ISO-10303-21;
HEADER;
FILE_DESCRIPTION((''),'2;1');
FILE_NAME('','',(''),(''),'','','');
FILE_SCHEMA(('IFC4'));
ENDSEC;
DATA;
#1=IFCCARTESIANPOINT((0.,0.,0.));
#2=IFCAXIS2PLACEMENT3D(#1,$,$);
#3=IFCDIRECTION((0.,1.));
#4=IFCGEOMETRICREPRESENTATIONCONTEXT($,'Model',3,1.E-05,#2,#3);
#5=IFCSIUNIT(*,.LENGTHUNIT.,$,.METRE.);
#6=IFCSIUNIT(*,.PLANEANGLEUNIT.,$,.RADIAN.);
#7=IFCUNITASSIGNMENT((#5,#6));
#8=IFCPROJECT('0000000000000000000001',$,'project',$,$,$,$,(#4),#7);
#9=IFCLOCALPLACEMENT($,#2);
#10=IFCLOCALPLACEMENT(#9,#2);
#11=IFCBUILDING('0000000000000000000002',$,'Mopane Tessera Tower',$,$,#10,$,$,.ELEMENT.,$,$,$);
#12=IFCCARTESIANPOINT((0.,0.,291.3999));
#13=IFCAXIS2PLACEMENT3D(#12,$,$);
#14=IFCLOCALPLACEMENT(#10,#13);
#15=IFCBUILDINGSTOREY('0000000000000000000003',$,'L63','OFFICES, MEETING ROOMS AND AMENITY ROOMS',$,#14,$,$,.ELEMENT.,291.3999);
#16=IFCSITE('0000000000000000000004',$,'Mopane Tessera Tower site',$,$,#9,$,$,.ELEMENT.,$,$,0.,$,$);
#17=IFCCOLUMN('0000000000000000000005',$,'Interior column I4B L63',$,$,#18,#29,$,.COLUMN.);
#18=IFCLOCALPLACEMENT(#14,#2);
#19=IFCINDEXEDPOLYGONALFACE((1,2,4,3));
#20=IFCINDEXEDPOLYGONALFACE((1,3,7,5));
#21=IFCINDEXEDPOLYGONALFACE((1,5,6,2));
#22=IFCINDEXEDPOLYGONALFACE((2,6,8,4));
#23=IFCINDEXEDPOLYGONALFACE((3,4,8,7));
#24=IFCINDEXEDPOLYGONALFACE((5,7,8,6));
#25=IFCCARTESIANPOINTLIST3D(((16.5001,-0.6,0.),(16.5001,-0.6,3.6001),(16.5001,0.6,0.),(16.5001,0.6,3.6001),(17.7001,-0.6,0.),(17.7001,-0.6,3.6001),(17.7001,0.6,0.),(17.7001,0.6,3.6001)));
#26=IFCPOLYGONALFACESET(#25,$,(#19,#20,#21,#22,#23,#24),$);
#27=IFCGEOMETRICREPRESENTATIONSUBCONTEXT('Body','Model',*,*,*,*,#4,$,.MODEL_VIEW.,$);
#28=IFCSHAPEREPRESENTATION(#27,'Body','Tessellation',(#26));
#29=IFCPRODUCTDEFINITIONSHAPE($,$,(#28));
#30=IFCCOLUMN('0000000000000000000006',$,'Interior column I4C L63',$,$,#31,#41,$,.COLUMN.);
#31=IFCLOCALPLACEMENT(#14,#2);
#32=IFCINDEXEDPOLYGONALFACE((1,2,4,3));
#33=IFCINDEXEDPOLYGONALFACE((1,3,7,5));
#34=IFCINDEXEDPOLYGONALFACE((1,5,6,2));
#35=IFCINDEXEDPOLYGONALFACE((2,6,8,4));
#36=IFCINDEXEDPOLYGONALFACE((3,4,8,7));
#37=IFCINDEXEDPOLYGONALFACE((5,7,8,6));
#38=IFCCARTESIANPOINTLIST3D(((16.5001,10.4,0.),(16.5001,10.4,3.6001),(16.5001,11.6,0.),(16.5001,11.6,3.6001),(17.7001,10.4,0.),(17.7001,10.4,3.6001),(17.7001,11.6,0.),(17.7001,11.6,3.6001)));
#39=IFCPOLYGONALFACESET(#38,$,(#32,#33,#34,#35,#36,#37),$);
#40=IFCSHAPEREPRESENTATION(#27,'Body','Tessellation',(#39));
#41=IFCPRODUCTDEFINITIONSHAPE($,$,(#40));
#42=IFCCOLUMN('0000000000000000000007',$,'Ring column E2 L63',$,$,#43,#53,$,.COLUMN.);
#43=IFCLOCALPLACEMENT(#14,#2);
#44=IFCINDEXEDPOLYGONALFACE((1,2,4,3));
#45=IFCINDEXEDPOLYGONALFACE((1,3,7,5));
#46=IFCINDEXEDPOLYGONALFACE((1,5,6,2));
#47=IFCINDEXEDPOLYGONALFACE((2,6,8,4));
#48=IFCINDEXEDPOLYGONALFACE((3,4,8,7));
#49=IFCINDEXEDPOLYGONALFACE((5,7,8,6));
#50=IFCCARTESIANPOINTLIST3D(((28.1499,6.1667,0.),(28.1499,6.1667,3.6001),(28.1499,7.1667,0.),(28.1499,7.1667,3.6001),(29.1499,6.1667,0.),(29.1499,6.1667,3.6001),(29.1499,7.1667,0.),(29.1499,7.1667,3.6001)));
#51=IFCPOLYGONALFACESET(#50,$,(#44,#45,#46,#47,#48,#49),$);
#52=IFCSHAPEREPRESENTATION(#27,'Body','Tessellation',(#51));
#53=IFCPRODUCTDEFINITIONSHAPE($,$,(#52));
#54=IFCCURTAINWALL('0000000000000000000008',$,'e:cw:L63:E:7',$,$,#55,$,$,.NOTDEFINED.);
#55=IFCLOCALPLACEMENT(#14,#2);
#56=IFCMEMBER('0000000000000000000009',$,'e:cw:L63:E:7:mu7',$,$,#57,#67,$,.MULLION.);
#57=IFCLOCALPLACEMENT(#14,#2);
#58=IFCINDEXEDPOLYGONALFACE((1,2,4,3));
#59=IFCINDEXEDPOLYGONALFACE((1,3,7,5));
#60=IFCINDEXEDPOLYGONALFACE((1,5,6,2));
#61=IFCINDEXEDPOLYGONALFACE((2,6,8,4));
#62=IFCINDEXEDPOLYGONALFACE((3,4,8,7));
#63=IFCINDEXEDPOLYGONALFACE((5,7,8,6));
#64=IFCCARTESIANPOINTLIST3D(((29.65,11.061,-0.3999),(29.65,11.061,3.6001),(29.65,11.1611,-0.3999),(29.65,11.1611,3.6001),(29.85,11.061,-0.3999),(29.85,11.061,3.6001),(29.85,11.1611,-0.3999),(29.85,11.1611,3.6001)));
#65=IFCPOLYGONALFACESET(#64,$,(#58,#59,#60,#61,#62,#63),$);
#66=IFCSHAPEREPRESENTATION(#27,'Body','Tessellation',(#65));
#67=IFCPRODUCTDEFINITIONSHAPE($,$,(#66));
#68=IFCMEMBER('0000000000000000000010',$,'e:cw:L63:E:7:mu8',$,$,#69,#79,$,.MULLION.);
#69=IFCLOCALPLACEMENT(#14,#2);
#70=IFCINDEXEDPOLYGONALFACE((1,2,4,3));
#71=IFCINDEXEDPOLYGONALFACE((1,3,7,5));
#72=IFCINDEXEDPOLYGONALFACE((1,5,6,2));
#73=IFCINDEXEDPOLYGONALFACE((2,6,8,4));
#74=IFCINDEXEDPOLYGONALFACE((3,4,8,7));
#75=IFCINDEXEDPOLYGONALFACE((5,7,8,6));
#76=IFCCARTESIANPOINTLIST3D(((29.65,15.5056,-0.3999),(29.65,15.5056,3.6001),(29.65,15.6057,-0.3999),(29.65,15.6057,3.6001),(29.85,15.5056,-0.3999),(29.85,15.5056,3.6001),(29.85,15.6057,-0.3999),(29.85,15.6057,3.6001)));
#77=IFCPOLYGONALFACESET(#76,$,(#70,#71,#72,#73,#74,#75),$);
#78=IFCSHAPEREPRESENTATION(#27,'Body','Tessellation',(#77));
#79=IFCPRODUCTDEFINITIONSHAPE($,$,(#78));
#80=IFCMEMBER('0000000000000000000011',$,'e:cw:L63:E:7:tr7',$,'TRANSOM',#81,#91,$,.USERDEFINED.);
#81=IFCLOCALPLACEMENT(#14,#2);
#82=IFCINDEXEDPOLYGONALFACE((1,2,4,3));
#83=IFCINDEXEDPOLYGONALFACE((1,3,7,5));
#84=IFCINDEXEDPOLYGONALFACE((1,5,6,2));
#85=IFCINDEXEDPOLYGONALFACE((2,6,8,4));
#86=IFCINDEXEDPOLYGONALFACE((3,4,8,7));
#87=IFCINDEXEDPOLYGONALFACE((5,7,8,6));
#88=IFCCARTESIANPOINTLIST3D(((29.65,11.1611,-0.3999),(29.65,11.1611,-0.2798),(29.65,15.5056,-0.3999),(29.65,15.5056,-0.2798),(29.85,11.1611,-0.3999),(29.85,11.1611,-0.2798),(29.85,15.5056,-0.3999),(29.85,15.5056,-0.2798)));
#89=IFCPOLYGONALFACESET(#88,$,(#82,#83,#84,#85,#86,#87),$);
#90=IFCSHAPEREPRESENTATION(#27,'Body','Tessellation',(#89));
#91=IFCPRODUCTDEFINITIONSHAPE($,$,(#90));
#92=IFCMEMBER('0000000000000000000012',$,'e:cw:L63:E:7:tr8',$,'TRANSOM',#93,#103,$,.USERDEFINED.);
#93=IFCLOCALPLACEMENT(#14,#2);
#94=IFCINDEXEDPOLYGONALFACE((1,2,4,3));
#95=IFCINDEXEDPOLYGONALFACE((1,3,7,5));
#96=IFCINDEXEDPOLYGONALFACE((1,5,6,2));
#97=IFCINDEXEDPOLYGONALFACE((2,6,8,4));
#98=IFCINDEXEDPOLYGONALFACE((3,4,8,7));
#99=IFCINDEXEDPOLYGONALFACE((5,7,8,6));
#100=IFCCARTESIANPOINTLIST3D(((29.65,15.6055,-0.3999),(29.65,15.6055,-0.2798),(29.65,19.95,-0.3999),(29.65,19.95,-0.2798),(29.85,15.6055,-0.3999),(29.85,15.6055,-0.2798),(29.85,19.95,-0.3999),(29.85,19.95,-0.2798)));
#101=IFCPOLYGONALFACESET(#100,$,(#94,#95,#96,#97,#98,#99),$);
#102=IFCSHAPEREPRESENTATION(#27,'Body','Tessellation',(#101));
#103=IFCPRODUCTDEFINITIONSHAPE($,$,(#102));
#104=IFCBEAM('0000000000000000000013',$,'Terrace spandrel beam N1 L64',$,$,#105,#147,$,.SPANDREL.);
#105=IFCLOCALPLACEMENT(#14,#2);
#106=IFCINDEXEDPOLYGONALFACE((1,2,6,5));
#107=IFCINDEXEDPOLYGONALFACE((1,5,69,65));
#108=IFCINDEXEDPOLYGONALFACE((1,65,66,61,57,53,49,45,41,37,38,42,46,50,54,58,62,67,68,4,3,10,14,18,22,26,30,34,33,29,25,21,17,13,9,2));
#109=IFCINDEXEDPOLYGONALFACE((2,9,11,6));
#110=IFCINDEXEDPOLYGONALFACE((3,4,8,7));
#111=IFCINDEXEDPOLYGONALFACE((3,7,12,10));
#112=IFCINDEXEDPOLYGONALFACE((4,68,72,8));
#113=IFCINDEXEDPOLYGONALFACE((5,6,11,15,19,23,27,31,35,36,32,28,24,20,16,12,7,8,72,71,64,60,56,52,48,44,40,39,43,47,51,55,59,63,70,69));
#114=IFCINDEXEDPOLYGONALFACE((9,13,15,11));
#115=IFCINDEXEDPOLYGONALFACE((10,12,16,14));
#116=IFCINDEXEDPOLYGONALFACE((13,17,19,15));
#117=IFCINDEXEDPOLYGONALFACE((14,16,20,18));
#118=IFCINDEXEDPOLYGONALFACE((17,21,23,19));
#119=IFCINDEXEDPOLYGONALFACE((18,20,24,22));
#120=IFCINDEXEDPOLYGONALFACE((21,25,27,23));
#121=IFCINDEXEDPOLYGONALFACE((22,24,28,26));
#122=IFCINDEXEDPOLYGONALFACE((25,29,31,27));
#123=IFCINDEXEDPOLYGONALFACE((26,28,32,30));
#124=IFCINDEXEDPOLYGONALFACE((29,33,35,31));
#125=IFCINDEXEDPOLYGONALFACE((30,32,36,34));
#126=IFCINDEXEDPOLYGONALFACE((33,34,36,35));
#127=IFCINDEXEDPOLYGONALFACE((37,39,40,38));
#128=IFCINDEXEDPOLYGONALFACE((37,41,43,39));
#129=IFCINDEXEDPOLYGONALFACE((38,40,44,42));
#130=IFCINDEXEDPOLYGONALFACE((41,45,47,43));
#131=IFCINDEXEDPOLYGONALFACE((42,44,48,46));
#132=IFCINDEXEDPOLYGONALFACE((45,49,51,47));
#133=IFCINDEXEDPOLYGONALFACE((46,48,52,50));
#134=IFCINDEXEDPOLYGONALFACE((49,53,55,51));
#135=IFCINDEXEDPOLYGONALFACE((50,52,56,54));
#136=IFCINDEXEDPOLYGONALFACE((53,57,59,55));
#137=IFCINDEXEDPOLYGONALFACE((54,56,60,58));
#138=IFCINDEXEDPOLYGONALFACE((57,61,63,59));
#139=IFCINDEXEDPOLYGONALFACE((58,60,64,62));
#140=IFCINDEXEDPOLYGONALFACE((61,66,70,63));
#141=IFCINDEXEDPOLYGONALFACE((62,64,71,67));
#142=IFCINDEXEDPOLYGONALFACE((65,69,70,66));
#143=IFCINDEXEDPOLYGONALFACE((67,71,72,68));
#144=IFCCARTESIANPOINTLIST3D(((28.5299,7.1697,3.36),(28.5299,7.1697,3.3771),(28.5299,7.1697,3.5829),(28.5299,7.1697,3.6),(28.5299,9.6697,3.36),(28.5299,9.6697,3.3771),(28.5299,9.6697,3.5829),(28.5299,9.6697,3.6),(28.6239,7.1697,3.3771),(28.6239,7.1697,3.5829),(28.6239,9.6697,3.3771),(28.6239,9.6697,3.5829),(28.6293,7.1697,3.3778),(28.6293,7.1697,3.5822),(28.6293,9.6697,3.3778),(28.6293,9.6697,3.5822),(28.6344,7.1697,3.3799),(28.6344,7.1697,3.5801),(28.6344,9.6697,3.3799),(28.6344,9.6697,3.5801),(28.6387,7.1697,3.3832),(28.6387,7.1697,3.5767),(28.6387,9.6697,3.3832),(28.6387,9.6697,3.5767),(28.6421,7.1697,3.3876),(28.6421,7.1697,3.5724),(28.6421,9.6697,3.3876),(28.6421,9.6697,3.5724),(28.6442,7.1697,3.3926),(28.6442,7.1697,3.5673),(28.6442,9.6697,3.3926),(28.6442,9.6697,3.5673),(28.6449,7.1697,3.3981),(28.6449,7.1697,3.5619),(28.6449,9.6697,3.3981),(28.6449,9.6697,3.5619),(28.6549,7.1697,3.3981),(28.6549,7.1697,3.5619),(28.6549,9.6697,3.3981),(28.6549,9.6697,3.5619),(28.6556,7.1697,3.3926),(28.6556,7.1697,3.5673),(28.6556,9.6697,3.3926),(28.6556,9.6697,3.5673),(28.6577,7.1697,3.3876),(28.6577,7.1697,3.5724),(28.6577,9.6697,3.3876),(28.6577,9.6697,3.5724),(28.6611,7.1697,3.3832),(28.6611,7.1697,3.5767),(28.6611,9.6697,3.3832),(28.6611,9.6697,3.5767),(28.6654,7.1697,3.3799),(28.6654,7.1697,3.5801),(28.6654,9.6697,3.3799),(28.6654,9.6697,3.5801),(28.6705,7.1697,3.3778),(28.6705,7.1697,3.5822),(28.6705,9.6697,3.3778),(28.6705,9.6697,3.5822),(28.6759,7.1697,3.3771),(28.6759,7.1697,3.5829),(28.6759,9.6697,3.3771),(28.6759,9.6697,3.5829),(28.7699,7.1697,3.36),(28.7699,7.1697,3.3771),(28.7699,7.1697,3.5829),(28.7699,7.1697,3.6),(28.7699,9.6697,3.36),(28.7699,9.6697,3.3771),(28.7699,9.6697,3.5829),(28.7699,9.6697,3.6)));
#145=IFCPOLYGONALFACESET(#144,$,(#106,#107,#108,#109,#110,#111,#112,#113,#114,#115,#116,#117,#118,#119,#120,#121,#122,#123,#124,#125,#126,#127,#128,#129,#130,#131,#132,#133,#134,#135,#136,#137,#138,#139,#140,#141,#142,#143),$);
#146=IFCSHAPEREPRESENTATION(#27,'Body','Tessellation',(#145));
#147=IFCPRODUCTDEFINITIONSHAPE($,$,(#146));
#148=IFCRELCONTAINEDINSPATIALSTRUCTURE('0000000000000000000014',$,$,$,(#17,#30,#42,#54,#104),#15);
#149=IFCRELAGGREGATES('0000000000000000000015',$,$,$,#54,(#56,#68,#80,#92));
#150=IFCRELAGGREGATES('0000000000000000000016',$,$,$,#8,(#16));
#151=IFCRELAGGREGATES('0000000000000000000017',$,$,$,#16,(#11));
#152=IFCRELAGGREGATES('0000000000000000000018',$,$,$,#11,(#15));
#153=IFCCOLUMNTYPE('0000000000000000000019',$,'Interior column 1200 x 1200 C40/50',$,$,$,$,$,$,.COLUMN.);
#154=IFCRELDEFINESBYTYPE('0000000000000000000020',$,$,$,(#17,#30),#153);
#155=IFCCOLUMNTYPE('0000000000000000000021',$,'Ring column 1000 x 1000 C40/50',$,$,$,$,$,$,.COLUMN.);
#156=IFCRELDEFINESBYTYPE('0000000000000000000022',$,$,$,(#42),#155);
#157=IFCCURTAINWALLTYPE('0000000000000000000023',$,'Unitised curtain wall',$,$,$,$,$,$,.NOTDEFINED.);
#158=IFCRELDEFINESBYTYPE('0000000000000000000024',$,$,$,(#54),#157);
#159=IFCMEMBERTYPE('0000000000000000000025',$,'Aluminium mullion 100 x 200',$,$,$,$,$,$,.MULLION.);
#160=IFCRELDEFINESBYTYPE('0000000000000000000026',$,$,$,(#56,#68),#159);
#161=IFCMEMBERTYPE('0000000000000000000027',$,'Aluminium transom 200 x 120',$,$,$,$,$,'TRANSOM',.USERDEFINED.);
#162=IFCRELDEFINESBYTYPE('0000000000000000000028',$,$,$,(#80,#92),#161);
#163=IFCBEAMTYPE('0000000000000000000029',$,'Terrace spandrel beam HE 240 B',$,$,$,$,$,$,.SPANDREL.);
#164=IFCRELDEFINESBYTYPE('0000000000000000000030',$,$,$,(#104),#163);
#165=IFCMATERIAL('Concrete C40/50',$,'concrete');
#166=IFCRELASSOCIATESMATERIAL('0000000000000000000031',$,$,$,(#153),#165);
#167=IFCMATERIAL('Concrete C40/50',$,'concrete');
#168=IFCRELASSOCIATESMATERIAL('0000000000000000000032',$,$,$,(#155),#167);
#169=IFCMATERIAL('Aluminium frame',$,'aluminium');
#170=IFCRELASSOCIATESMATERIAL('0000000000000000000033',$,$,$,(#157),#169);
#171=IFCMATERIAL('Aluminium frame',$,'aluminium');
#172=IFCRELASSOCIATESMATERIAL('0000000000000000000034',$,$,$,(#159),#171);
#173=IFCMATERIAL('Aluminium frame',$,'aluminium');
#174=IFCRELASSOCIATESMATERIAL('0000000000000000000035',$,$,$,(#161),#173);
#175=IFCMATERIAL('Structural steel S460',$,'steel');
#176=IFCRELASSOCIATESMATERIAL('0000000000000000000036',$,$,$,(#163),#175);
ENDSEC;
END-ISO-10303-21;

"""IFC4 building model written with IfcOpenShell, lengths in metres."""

from ifc_helpers import new_model, si_unit, direction, frame, origin, origin_2d, place, context, subcontext, project, spatial, rectangle, i_section, extrude, material, material_profile, profile_set, type_object, element, aggregate, save


model = new_model("IFC4")

# Units and contexts
model_context = context("Model", 3, precision=1e-05, world=origin(), true_north=direction((0.0, 1.0)))
body_context = subcontext(model_context, "Body", "Model", "MODEL_VIEW")
ifc_project = project(units=[si_unit("LENGTHUNIT", "METRE"), si_unit("PLANEANGLEUNIT", "RADIAN")], contexts=[model_context])

# Site, building, storey
site_placement = place(None, origin())
site = spatial("IfcSite", under=ifc_project, at=site_placement, Name="Mopane Tessera Tower site", CompositionType="ELEMENT", RefElevation=0.0)
building_placement = place(site_placement, origin())
building = spatial("IfcBuilding", under=site, at=building_placement, Name="Mopane Tessera Tower", CompositionType="ELEMENT")
storey_placement = place(building_placement, frame((0.0, 0.0, 291.3999)))
storey = spatial("IfcBuildingStorey", under=building, at=storey_placement, Name="L63", Description="OFFICES, MEETING ROOMS AND AMENITY ROOMS", CompositionType="ELEMENT", Elevation=291.3999)

# Columns
ifc_material_1 = material(Name="Concrete C40/50", Category="concrete")
ifc_material_profile_1 = material_profile(ifc_material_1, rectangle(XDim=1.2, YDim=1.2, at=origin_2d()))
ifc_profile_set_1 = profile_set([ifc_material_profile_1], Name="Concrete C40/50")
column_type_1 = type_object("IfcColumnType", Name="Interior column 1200 x 1200 C40/50", PredefinedType="COLUMN", material=ifc_profile_set_1)
for number, where, z_axis, x_axis, name in (
    (1, (17.1001, 0.0, 0.0), (0.0, 0.0, 1.0), (1.0, 0.0, 0.0), "Interior column I4B L63"),
    (2, (17.1001, 11.0, 0.0), (0.0, 0.0, 1.0), (1.0, 0.0, 0.0), "Interior column I4C L63"),
):
    element("IfcColumn", number, at=place(storey_placement, frame(where, z_axis=z_axis, x_axis=x_axis)), inside=storey, type_object=column_type_1, Name=name, PredefinedType="COLUMN", context=body_context, shape_type="SweptSolid", body=[
        extrude(rectangle(XDim=1.2, YDim=1.2, at=origin_2d()), origin(), (0.0, 0.0, 1.0), 3.6001),
    ])
ifc_material_2 = material(Name="Concrete C40/50", Category="concrete")
ifc_material_profile_2 = material_profile(ifc_material_2, rectangle(XDim=1.0, YDim=1.0, at=origin_2d()))
ifc_profile_set_2 = profile_set([ifc_material_profile_2], Name="Concrete C40/50")
column_type_2 = type_object("IfcColumnType", Name="Ring column 1000 x 1000 C40/50", PredefinedType="COLUMN", material=ifc_profile_set_2)
column_placement = place(storey_placement, frame((28.6499, 6.6667, 0.0), z_axis=(0.0, 0.0, 1.0), x_axis=(1.0, 0.0, 0.0)))
element("IfcColumn", 3, at=column_placement, inside=storey, type_object=column_type_2, Name="Ring column E2 L63", PredefinedType="COLUMN", context=body_context, shape_type="SweptSolid", body=[
    extrude(rectangle(XDim=1.0, YDim=1.0, at=origin_2d()), origin(), (0.0, 0.0, 1.0), 3.6001),
])

# Curtain wall, members
ifc_material_3 = material(Name="Aluminium frame", Category="aluminium")
curtain_wall_type = type_object("IfcCurtainWallType", Name="Unitised curtain wall", PredefinedType="NOTDEFINED", material=ifc_material_3)
curtain_wall_placement = place(storey_placement, origin())
curtain_wall = element("IfcCurtainWall", 4, at=curtain_wall_placement, inside=storey, type_object=curtain_wall_type, Name="e:cw:L63:E:7", PredefinedType="NOTDEFINED")
ifc_material_4 = material(Name="Aluminium frame", Category="aluminium")
ifc_material_profile_3 = material_profile(ifc_material_4, rectangle(XDim=0.1001, YDim=0.2, at=origin_2d()))
ifc_profile_set_3 = profile_set([ifc_material_profile_3], Name="Aluminium frame")
member_type_1 = type_object("IfcMemberType", Name="Aluminium mullion 100 x 200", PredefinedType="MULLION", material=ifc_profile_set_3)
member_1_placement = place(storey_placement, frame((29.75, 11.1111, -0.3999), z_axis=(0.0, 0.0, 1.0), x_axis=(0.0, 1.0, 0.0)))
member_1 = element("IfcMember", 5, at=member_1_placement, type_object=member_type_1, Name="e:cw:L63:E:7:mu7", PredefinedType="MULLION", context=body_context, shape_type="SweptSolid", body=[
    extrude(rectangle(XDim=0.1001, YDim=0.2, at=origin_2d()), origin(), (0.0, 0.0, 1.0), 4.0),
])
member_2_placement = place(storey_placement, frame((29.75, 15.5557, -0.3999), z_axis=(0.0, 0.0, 1.0), x_axis=(0.0, 1.0, 0.0)))
member_2 = element("IfcMember", 6, at=member_2_placement, type_object=member_type_1, Name="e:cw:L63:E:7:mu8", PredefinedType="MULLION", context=body_context, shape_type="SweptSolid", body=[
    extrude(rectangle(XDim=0.1001, YDim=0.2, at=origin_2d()), origin(), (0.0, 0.0, 1.0), 4.0),
])
ifc_material_5 = material(Name="Aluminium frame", Category="aluminium")
ifc_material_profile_4 = material_profile(ifc_material_5, rectangle(XDim=0.2, YDim=0.1201, at=origin_2d()))
ifc_profile_set_4 = profile_set([ifc_material_profile_4], Name="Aluminium frame")
member_type_2 = type_object("IfcMemberType", Name="Aluminium transom 200 x 120", ElementType="TRANSOM", PredefinedType="USERDEFINED", material=ifc_profile_set_4)
member_3_placement = place(storey_placement, frame((29.75, 11.1611, -0.3398), z_axis=(0.0, 1.0, 0.0), x_axis=(-1.0, 0.0, 0.0)))
member_3 = element("IfcMember", 7, at=member_3_placement, type_object=member_type_2, Name="e:cw:L63:E:7:tr7", ObjectType="TRANSOM", PredefinedType="USERDEFINED", context=body_context, shape_type="SweptSolid", body=[
    extrude(rectangle(XDim=0.2, YDim=0.1201, at=origin_2d()), origin(), (0.0, 0.0, 1.0), 4.3445),
])
member_4_placement = place(storey_placement, frame((29.75, 15.6055, -0.3398), z_axis=(0.0, 1.0, 0.0), x_axis=(-1.0, 0.0, 0.0)))
member_4 = element("IfcMember", 8, at=member_4_placement, type_object=member_type_2, Name="e:cw:L63:E:7:tr8", ObjectType="TRANSOM", PredefinedType="USERDEFINED", context=body_context, shape_type="SweptSolid", body=[
    extrude(rectangle(XDim=0.2, YDim=0.1201, at=origin_2d()), origin(), (0.0, 0.0, 1.0), 4.3445),
])

# Beam
ifc_material_6 = material(Name="Structural steel S460", Category="steel")
ifc_material_profile_5 = material_profile(ifc_material_6, i_section(OverallWidth=0.24, OverallDepth=0.24, WebThickness=0.01, FlangeThickness=0.0171, FilletRadius=0.021, at=origin_2d()))
ifc_profile_set_5 = profile_set([ifc_material_profile_5], Name="Structural steel S460")
beam_type_1 = type_object("IfcBeamType", Name="Terrace spandrel beam HE 240 B", PredefinedType="SPANDREL", material=ifc_profile_set_5)
beam_1_placement = place(storey_placement, frame((28.6499, 7.1697, 3.48), z_axis=(0.0, 1.0, 0.0), x_axis=(-1.0, 0.0, 0.0)))
element("IfcBeam", 9, at=beam_1_placement, inside=storey, type_object=beam_type_1, Name="Terrace spandrel beam N1 L64", PredefinedType="SPANDREL", context=body_context, shape_type="SweptSolid", body=[
    extrude(i_section(OverallWidth=0.24, OverallDepth=0.24, WebThickness=0.01, FlangeThickness=0.0171, FilletRadius=0.021, at=origin_2d()), origin(), (0.0, 0.0, 1.0), 2.5),
])

aggregate(curtain_wall, [member_1, member_2, member_3, member_4])

save(model, "model.ifc")
